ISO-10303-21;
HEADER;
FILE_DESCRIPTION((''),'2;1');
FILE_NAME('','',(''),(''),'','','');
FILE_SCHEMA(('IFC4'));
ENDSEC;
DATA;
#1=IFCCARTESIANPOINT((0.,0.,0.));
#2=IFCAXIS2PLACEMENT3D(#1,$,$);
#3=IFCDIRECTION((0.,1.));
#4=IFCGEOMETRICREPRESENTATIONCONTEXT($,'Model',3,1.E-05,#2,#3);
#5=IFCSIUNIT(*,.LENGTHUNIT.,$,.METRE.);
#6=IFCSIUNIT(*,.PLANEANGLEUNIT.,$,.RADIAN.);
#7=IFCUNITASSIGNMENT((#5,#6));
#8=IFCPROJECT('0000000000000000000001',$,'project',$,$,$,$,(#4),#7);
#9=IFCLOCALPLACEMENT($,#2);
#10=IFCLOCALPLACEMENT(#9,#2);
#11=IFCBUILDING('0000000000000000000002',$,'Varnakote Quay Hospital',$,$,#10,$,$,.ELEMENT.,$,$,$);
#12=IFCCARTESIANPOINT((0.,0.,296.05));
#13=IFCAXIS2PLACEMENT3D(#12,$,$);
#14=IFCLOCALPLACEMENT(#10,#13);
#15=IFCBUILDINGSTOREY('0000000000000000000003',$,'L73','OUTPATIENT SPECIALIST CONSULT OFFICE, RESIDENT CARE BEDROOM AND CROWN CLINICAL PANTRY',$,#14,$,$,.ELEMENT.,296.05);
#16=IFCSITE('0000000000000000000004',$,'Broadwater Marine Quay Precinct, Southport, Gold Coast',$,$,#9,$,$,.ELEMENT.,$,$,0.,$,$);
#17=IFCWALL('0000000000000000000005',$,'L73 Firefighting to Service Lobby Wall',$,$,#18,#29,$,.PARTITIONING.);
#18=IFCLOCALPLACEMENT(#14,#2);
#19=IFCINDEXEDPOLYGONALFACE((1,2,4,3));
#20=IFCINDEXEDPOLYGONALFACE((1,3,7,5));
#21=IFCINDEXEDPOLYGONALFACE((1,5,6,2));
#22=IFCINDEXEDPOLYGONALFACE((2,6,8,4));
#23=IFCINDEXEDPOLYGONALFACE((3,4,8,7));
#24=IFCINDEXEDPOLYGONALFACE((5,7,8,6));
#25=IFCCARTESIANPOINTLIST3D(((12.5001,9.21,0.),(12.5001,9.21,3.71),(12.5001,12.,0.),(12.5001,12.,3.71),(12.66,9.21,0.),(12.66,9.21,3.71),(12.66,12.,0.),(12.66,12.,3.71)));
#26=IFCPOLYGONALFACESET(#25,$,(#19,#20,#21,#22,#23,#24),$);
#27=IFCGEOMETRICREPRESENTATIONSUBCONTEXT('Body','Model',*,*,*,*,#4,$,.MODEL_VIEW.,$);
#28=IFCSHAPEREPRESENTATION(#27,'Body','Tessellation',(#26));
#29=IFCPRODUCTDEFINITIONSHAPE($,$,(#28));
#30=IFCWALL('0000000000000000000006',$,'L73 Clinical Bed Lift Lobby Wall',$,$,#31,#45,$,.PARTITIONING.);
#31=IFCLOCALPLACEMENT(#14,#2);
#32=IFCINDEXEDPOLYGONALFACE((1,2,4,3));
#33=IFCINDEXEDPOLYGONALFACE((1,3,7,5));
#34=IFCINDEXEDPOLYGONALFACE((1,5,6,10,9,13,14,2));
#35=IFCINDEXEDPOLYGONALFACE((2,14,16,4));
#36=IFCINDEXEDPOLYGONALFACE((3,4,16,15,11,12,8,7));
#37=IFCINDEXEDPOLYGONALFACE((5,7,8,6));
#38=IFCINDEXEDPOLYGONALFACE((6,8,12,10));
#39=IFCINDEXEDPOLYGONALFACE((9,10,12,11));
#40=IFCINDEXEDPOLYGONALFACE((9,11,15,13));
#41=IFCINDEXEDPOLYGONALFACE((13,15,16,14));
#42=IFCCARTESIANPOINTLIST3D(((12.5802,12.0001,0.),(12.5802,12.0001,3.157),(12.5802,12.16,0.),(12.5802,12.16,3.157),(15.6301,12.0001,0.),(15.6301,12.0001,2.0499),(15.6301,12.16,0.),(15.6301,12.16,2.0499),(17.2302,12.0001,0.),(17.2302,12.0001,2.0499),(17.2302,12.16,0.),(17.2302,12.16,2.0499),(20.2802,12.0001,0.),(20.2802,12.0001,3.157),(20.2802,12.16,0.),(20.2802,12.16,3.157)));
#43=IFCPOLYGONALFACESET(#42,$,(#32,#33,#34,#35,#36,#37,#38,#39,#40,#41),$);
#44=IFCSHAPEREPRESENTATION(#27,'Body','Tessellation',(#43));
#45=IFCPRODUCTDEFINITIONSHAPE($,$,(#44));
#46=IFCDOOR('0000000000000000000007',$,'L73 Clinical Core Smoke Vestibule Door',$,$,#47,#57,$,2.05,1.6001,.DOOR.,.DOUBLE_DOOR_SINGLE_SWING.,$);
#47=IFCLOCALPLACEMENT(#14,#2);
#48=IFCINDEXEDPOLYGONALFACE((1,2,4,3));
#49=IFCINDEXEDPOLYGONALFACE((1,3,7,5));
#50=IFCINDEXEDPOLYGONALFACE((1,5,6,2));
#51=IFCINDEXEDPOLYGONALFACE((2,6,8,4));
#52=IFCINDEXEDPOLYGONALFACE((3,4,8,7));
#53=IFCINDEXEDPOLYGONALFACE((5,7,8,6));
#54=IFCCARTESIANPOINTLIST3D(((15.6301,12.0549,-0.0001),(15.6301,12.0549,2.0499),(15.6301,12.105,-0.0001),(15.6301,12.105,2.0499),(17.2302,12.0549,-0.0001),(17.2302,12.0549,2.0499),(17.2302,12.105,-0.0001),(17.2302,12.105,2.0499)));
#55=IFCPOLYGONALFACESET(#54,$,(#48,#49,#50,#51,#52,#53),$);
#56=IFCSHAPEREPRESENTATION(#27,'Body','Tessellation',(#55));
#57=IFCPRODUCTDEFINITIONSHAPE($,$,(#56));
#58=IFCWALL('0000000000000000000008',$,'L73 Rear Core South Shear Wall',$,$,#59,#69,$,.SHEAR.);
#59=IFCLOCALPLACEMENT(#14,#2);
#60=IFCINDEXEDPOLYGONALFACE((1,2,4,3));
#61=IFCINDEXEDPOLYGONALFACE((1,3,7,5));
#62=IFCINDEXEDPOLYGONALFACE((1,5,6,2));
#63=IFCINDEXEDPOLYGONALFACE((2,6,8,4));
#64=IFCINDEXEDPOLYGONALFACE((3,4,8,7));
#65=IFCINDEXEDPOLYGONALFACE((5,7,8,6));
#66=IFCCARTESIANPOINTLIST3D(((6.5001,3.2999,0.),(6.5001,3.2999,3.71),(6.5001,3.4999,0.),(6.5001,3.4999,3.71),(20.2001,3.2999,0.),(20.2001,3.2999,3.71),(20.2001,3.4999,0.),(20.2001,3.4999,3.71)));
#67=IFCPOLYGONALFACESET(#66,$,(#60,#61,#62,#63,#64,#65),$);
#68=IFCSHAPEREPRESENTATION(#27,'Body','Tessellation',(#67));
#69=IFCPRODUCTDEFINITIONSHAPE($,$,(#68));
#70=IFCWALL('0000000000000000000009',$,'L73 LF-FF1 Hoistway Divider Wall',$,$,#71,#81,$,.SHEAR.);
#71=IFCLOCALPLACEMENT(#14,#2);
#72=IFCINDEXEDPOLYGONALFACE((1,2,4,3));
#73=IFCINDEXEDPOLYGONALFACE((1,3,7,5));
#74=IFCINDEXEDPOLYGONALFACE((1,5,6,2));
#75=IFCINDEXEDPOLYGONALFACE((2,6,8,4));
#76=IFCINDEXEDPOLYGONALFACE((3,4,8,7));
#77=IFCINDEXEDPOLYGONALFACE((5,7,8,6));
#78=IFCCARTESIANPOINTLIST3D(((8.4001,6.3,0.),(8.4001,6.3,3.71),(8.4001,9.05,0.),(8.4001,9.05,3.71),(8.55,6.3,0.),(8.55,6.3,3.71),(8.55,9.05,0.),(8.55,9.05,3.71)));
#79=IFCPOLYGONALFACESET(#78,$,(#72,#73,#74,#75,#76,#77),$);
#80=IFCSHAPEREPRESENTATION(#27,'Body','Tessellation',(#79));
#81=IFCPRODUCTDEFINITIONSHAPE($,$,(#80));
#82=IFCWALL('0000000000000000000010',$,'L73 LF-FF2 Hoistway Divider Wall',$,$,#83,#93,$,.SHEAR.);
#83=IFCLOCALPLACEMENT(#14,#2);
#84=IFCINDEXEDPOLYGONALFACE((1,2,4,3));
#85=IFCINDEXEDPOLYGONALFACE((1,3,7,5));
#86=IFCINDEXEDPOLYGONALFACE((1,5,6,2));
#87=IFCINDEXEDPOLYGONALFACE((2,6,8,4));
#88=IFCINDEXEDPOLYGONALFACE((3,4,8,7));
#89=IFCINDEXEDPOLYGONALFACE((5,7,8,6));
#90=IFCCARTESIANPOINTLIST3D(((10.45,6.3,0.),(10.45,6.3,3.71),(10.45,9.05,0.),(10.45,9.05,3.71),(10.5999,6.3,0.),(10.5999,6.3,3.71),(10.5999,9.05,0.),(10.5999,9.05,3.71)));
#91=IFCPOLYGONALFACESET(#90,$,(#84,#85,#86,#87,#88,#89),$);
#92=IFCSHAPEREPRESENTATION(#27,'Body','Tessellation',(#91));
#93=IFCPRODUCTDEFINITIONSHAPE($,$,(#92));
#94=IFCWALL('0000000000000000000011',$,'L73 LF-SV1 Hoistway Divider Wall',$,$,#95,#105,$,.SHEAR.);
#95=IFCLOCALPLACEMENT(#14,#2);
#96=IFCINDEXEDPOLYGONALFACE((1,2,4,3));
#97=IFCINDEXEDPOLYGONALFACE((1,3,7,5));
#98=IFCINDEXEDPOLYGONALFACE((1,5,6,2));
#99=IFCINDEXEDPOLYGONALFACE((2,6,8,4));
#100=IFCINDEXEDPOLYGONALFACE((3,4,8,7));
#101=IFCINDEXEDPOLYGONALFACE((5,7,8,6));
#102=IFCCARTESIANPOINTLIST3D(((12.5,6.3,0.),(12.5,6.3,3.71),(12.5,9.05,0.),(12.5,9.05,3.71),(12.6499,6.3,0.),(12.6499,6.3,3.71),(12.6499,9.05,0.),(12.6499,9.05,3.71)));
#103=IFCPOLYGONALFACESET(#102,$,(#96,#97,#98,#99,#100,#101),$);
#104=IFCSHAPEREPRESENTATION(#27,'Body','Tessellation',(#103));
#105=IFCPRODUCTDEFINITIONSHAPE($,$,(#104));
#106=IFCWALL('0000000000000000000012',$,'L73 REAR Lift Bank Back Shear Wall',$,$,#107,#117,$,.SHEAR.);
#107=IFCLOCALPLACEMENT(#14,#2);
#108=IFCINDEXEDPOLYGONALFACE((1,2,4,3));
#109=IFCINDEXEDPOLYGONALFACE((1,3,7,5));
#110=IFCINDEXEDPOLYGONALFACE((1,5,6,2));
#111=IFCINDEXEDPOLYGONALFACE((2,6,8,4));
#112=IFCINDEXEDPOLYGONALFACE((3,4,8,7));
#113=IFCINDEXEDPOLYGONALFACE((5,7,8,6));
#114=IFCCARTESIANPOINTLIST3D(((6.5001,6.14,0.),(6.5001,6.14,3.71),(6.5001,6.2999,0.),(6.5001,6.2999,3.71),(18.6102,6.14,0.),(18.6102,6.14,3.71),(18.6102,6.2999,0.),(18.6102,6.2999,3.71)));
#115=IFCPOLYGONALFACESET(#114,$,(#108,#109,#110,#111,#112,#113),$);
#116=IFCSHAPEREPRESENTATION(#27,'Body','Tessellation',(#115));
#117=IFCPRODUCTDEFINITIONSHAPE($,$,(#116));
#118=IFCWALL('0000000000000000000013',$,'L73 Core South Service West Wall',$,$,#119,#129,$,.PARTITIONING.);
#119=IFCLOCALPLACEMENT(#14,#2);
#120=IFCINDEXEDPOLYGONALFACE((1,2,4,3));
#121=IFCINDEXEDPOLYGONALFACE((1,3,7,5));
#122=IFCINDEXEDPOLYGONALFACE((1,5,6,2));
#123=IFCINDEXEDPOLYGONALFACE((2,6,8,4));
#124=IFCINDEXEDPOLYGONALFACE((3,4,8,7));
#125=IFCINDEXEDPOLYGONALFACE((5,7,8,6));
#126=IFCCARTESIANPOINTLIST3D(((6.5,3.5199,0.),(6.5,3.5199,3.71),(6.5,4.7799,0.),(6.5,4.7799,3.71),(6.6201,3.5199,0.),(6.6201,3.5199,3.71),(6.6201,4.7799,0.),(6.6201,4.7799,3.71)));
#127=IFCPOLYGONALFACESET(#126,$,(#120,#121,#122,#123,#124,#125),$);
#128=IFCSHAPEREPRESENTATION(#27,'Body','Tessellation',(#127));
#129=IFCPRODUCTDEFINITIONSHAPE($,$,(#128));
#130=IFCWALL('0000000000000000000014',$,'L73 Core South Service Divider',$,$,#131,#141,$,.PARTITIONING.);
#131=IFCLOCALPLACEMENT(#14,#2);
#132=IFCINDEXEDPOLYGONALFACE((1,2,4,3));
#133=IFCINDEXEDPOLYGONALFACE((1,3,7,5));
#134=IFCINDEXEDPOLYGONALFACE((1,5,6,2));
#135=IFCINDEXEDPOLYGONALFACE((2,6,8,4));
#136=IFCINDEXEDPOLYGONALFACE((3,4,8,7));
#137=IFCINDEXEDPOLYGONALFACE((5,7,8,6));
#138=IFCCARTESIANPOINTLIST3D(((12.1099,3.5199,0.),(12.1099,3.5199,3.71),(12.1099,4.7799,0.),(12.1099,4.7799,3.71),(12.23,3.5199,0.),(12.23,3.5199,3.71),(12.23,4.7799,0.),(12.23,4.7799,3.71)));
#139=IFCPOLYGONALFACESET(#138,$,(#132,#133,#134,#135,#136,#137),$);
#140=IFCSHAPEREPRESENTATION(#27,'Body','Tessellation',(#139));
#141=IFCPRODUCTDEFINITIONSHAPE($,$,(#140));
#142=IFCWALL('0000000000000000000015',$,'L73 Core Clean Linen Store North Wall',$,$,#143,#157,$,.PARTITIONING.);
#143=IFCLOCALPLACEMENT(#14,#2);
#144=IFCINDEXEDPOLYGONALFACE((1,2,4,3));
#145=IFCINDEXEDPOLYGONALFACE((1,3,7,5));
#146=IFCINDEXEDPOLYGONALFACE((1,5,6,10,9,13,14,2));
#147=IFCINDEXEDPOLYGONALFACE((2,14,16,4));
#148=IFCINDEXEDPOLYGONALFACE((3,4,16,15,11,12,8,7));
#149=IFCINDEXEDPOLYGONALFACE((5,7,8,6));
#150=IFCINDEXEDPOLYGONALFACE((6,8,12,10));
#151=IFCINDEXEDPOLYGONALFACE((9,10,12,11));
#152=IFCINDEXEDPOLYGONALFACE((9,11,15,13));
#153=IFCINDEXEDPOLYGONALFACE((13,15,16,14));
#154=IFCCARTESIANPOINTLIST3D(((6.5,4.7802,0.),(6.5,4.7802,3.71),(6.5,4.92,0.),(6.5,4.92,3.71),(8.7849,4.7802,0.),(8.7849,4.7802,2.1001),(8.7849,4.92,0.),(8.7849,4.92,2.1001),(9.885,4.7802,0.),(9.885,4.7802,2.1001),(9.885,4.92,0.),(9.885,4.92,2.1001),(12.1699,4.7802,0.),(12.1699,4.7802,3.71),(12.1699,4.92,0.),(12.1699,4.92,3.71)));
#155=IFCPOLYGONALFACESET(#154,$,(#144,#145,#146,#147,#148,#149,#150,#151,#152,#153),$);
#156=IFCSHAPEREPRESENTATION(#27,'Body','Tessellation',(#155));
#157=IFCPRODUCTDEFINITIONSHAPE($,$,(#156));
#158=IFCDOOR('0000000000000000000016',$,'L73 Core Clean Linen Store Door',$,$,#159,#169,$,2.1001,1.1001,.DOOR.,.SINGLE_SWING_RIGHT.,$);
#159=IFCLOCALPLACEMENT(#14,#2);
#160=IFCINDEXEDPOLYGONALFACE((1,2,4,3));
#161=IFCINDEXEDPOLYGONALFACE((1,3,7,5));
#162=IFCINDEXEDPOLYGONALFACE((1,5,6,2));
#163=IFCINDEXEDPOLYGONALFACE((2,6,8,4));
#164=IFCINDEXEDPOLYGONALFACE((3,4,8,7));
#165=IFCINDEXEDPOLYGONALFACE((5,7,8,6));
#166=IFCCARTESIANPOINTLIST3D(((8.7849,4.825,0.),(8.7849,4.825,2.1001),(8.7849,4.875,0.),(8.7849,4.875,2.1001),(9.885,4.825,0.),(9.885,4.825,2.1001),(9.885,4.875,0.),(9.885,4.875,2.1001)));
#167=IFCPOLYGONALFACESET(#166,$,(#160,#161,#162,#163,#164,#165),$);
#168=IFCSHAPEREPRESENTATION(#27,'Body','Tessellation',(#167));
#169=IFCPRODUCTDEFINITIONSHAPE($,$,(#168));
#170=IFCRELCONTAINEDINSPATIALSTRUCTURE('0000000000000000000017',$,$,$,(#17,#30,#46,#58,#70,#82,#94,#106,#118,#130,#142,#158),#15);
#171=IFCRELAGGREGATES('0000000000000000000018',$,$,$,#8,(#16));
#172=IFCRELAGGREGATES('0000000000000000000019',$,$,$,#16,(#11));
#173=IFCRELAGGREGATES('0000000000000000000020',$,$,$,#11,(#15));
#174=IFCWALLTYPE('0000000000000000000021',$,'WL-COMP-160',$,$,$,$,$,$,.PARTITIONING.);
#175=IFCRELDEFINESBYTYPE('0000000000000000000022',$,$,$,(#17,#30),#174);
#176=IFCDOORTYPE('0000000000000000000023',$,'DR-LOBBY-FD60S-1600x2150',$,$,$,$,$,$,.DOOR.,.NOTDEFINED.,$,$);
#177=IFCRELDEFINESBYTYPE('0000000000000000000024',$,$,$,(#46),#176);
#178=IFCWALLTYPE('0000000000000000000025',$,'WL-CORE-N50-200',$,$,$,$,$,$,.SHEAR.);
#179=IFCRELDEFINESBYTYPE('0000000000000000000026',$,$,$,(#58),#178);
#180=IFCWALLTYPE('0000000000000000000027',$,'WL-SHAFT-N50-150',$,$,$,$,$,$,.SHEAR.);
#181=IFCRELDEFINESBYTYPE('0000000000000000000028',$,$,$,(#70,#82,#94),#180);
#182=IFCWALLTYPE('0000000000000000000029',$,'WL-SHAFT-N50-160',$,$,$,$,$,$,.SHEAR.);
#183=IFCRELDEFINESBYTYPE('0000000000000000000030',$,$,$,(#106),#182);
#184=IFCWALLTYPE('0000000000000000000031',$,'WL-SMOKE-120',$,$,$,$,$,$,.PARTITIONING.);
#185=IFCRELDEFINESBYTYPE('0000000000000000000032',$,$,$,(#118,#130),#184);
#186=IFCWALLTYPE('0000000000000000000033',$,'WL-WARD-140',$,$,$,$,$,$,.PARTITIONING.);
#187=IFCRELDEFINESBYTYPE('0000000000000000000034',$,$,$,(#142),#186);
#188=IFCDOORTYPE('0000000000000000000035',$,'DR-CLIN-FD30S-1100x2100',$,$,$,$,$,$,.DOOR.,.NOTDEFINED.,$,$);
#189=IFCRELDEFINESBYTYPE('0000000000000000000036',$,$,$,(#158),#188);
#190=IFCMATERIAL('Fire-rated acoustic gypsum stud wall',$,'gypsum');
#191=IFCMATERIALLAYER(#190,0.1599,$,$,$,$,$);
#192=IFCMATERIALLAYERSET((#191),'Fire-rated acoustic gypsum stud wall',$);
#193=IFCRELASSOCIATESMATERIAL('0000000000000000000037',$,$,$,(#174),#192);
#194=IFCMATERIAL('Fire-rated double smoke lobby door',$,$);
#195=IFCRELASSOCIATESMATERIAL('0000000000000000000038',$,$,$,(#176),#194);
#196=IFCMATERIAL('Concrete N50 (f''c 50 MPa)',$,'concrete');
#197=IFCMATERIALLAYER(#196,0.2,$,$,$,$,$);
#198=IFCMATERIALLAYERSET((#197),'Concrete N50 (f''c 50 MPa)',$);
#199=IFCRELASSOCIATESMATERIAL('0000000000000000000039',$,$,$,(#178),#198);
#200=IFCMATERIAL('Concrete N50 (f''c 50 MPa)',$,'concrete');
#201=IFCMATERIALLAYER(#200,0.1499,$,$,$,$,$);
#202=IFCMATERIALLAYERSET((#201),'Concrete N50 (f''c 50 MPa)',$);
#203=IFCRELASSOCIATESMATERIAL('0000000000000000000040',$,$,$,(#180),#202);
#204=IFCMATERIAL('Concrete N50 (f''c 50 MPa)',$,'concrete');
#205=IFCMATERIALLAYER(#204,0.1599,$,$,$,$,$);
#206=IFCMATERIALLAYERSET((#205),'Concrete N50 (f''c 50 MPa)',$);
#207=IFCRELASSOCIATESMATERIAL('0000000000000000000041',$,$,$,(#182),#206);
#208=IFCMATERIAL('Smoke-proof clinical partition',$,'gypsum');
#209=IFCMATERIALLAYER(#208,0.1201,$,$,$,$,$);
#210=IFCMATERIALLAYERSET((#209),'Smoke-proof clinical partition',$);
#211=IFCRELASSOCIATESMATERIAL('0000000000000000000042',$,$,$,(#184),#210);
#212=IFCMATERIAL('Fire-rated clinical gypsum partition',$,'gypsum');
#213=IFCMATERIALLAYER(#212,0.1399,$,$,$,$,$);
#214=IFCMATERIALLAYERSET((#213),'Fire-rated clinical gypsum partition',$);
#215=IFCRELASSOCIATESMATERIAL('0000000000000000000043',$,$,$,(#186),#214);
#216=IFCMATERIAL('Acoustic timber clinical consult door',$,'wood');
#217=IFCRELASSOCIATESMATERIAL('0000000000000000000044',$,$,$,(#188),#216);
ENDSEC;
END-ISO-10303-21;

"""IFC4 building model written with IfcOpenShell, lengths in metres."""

from ifc_helpers import new_model, si_unit, direction, frame, frame_2d, origin, place, context, subcontext, project, spatial, rectangle, extrude, material, layer, layer_set, type_object, element, fill, save


model = new_model("IFC4")

# Units and contexts
model_context = context("Model", 3, precision=1e-05, world=origin(), true_north=direction((0.0, 1.0)))
body_context = subcontext(model_context, "Body", "Model", "MODEL_VIEW")
ifc_project = project(units=[si_unit("LENGTHUNIT", "METRE"), si_unit("PLANEANGLEUNIT", "RADIAN")], contexts=[model_context])

# Site, building, storey
site_placement = place(None, origin())
site = spatial("IfcSite", under=ifc_project, at=site_placement, Name="Broadwater Marine Quay Precinct, Southport, Gold Coast", CompositionType="ELEMENT", RefElevation=0.0)
building_placement = place(site_placement, origin())
building = spatial("IfcBuilding", under=site, at=building_placement, Name="Varnakote Quay Hospital", CompositionType="ELEMENT")
storey_placement = place(building_placement, frame((0.0, 0.0, 296.05)))
storey = spatial("IfcBuildingStorey", under=building, at=storey_placement, Name="L73", Description="OUTPATIENT SPECIALIST CONSULT OFFICE, RESIDENT CARE BEDROOM AND CROWN CLINICAL PANTRY", CompositionType="ELEMENT", Elevation=296.05)

# Wall
ifc_material_1 = material(Name="Fire-rated acoustic gypsum stud wall", Category="gypsum")
ifc_layer_1 = layer(ifc_material_1, 0.1599)
ifc_layer_set_1 = layer_set([ifc_layer_1], Name="Fire-rated acoustic gypsum stud wall")
wall_type_1 = type_object("IfcWallType", Name="WL-COMP-160", PredefinedType="PARTITIONING", material=ifc_layer_set_1)
wall_1_placement = place(storey_placement, frame((12.5801, 9.21, 0.0), z_axis=(0.0, 0.0, 1.0), x_axis=(0.0, 1.0, 0.0)))
element("IfcWall", 1, at=wall_1_placement, inside=storey, type_object=wall_type_1, Name="L73 Firefighting to Service Lobby Wall", PredefinedType="PARTITIONING", context=body_context, shape_type="SweptSolid", body=[
    extrude(rectangle(XDim=2.79, YDim=0.1599, at=frame_2d((1.395, 0.0))), origin(), (0.0, 0.0, 1.0), 3.71),
])

# Wall, opening, door
wall_2_placement = place(storey_placement, frame((12.5801, 12.0801, 0.0), z_axis=(0.0, 0.0, 1.0), x_axis=(1.0, 0.0, 0.0)))
wall_2 = element("IfcWall", 2, at=wall_2_placement, inside=storey, type_object=wall_type_1, Name="L73 Clinical Bed Lift Lobby Wall", PredefinedType="PARTITIONING", context=body_context, shape_type="SweptSolid", body=[
    extrude(rectangle(XDim=7.7, YDim=0.1599, at=frame_2d((3.8501, 0.0))), origin(), (0.0, 0.0, 1.0), 3.157),
])
opening_1_placement = place(wall_2_placement, frame((3.05, 0.0, 0.0)))
opening_1 = element("IfcOpeningElement", 3, at=opening_1_placement, cuts=wall_2, PredefinedType="OPENING", context=body_context, shape_type="SweptSolid", body=[
    extrude(rectangle(XDim=1.6001, YDim=2.05, at=frame_2d((0.8, 1.0249))), frame((0.0, 0.0898, 0.0), z_axis=(0.0, -1.0, 0.0), x_axis=(1.0, 0.0, 0.0)), (0.0, 0.0, 1.0), 0.1799),
])
ifc_material_2 = material(Name="Fire-rated double smoke lobby door")
door_type_1 = type_object("IfcDoorType", Name="DR-LOBBY-FD60S-1600x2150", OperationType="NOTDEFINED", PredefinedType="DOOR", material=ifc_material_2)
door_1_placement = place(opening_1_placement, origin())
door_1 = element("IfcDoor", 4, at=door_1_placement, inside=storey, type_object=door_type_1, Name="L73 Clinical Core Smoke Vestibule Door", OperationType="DOUBLE_DOOR_SINGLE_SWING", OverallHeight=2.05, OverallWidth=1.6001, PredefinedType="DOOR", context=body_context, shape_type="SweptSolid", body=[
    extrude(rectangle(XDim=1.6001, YDim=2.05, at=frame_2d((0.8, 1.0249))), frame((0.0, 0.0249, 0.0), z_axis=(0.0, -1.0, 0.0), x_axis=(1.0, 0.0, 0.0)), (0.0, 0.0, 1.0), 0.05),
])
fill(opening_1, door_1)

# Walls
ifc_material_3 = material(Name="Concrete N50 (f'c 50 MPa)", Category="concrete")
ifc_layer_2 = layer(ifc_material_3, 0.2)
ifc_layer_set_2 = layer_set([ifc_layer_2], Name="Concrete N50 (f'c 50 MPa)")
wall_type_2 = type_object("IfcWallType", Name="WL-CORE-N50-200", PredefinedType="SHEAR", material=ifc_layer_set_2)
wall_3_placement = place(storey_placement, frame((6.5, 3.3999, 0.0), z_axis=(0.0, 0.0, 1.0), x_axis=(1.0, 0.0, 0.0)))
element("IfcWall", 5, at=wall_3_placement, inside=storey, type_object=wall_type_2, Name="L73 Rear Core South Shear Wall", PredefinedType="SHEAR", context=body_context, shape_type="SweptSolid", body=[
    extrude(rectangle(XDim=13.7, YDim=0.2, at=frame_2d((6.8501, 0.0))), origin(), (0.0, 0.0, 1.0), 3.71),
])
ifc_material_4 = material(Name="Concrete N50 (f'c 50 MPa)", Category="concrete")
ifc_layer_3 = layer(ifc_material_4, 0.1499)
ifc_layer_set_3 = layer_set([ifc_layer_3], Name="Concrete N50 (f'c 50 MPa)")
wall_type_3 = type_object("IfcWallType", Name="WL-SHAFT-N50-150", PredefinedType="SHEAR", material=ifc_layer_set_3)
for number, where, z_axis, x_axis, name in (
    (6, (8.4751, 6.3, 0.0), (0.0, 0.0, 1.0), (0.0, 1.0, 0.0), "L73 LF-FF1 Hoistway Divider Wall"),
    (7, (10.5249, 6.3, 0.0), (0.0, 0.0, 1.0), (0.0, 1.0, 0.0), "L73 LF-FF2 Hoistway Divider Wall"),
    (8, (12.575, 6.3, 0.0), (0.0, 0.0, 1.0), (0.0, 1.0, 0.0), "L73 LF-SV1 Hoistway Divider Wall"),
):
    element("IfcWall", number, at=place(storey_placement, frame(where, z_axis=z_axis, x_axis=x_axis)), inside=storey, type_object=wall_type_3, Name=name, PredefinedType="SHEAR", context=body_context, shape_type="SweptSolid", body=[
        extrude(rectangle(XDim=2.75, YDim=0.1499, at=frame_2d((1.375, 0.0))), origin(), (0.0, 0.0, 1.0), 3.71),
    ])
ifc_material_5 = material(Name="Concrete N50 (f'c 50 MPa)", Category="concrete")
ifc_layer_4 = layer(ifc_material_5, 0.1599)
ifc_layer_set_4 = layer_set([ifc_layer_4], Name="Concrete N50 (f'c 50 MPa)")
wall_type_4 = type_object("IfcWallType", Name="WL-SHAFT-N50-160", PredefinedType="SHEAR", material=ifc_layer_set_4)
wall_4_placement = place(storey_placement, frame((6.5, 6.22, 0.0), z_axis=(0.0, 0.0, 1.0), x_axis=(1.0, 0.0, 0.0)))
element("IfcWall", 9, at=wall_4_placement, inside=storey, type_object=wall_type_4, Name="L73 REAR Lift Bank Back Shear Wall", PredefinedType="SHEAR", context=body_context, shape_type="SweptSolid", body=[
    extrude(rectangle(XDim=12.1101, YDim=0.1599, at=frame_2d((6.0552, 0.0))), origin(), (0.0, 0.0, 1.0), 3.71),
])

# Walls
ifc_material_6 = material(Name="Smoke-proof clinical partition", Category="gypsum")
ifc_layer_5 = layer(ifc_material_6, 0.1201)
ifc_layer_set_5 = layer_set([ifc_layer_5], Name="Smoke-proof clinical partition")
wall_type_5 = type_object("IfcWallType", Name="WL-SMOKE-120", PredefinedType="PARTITIONING", material=ifc_layer_set_5)
for number, where, z_axis, x_axis, name in (
    (10, (6.5601, 3.52, 0.0), (0.0, 0.0, 1.0), (0.0, 1.0, 0.0), "L73 Core South Service West Wall"),
    (11, (12.1699, 3.52, 0.0), (0.0, 0.0, 1.0), (0.0, 1.0, 0.0), "L73 Core South Service Divider"),
):
    element("IfcWall", number, at=place(storey_placement, frame(where, z_axis=z_axis, x_axis=x_axis)), inside=storey, type_object=wall_type_5, Name=name, PredefinedType="PARTITIONING", context=body_context, shape_type="SweptSolid", body=[
        extrude(rectangle(XDim=1.26, YDim=0.1201, at=frame_2d((0.6299, 0.0))), origin(), (0.0, 0.0, 1.0), 3.71),
    ])

# Wall, opening, door
ifc_material_7 = material(Name="Fire-rated clinical gypsum partition", Category="gypsum")
ifc_layer_6 = layer(ifc_material_7, 0.1399)
ifc_layer_set_6 = layer_set([ifc_layer_6], Name="Fire-rated clinical gypsum partition")
wall_type_6 = type_object("IfcWallType", Name="WL-WARD-140", PredefinedType="PARTITIONING", material=ifc_layer_set_6)
wall_5_placement = place(storey_placement, frame((6.5, 4.8501, 0.0), z_axis=(0.0, 0.0, 1.0), x_axis=(1.0, 0.0, 0.0)))
wall_5 = element("IfcWall", 12, at=wall_5_placement, inside=storey, type_object=wall_type_6, Name="L73 Core Clean Linen Store North Wall", PredefinedType="PARTITIONING", context=body_context, shape_type="SweptSolid", body=[
    extrude(rectangle(XDim=5.6699, YDim=0.1399, at=frame_2d((2.835, 0.0))), origin(), (0.0, 0.0, 1.0), 3.71),
])
opening_2_placement = place(wall_5_placement, frame((2.2849, 0.0, 0.0)))
opening_2 = element("IfcOpeningElement", 13, at=opening_2_placement, cuts=wall_5, PredefinedType="OPENING", context=body_context, shape_type="SweptSolid", body=[
    extrude(rectangle(XDim=1.1001, YDim=2.1001, at=frame_2d((0.55, 1.05))), frame((0.0, 0.0798, 0.0), z_axis=(0.0, -1.0, 0.0), x_axis=(1.0, 0.0, 0.0)), (0.0, 0.0, 1.0), 0.1599),
])
ifc_material_8 = material(Name="Acoustic timber clinical consult door", Category="wood")
door_type_2 = type_object("IfcDoorType", Name="DR-CLIN-FD30S-1100x2100", OperationType="NOTDEFINED", PredefinedType="DOOR", material=ifc_material_8)
door_2_placement = place(opening_2_placement, origin())
door_2 = element("IfcDoor", 14, at=door_2_placement, inside=storey, type_object=door_type_2, Name="L73 Core Clean Linen Store Door", OperationType="SINGLE_SWING_RIGHT", OverallHeight=2.1001, OverallWidth=1.1001, PredefinedType="DOOR", context=body_context, shape_type="SweptSolid", body=[
    extrude(rectangle(XDim=1.1001, YDim=2.1001, at=frame_2d((0.55, 1.05))), frame((0.0, 0.0249, 0.0), z_axis=(0.0, -1.0, 0.0), x_axis=(1.0, 0.0, 0.0)), (0.0, 0.0, 1.0), 0.05),
])
fill(opening_2, door_2)

save(model, "model.ifc")
